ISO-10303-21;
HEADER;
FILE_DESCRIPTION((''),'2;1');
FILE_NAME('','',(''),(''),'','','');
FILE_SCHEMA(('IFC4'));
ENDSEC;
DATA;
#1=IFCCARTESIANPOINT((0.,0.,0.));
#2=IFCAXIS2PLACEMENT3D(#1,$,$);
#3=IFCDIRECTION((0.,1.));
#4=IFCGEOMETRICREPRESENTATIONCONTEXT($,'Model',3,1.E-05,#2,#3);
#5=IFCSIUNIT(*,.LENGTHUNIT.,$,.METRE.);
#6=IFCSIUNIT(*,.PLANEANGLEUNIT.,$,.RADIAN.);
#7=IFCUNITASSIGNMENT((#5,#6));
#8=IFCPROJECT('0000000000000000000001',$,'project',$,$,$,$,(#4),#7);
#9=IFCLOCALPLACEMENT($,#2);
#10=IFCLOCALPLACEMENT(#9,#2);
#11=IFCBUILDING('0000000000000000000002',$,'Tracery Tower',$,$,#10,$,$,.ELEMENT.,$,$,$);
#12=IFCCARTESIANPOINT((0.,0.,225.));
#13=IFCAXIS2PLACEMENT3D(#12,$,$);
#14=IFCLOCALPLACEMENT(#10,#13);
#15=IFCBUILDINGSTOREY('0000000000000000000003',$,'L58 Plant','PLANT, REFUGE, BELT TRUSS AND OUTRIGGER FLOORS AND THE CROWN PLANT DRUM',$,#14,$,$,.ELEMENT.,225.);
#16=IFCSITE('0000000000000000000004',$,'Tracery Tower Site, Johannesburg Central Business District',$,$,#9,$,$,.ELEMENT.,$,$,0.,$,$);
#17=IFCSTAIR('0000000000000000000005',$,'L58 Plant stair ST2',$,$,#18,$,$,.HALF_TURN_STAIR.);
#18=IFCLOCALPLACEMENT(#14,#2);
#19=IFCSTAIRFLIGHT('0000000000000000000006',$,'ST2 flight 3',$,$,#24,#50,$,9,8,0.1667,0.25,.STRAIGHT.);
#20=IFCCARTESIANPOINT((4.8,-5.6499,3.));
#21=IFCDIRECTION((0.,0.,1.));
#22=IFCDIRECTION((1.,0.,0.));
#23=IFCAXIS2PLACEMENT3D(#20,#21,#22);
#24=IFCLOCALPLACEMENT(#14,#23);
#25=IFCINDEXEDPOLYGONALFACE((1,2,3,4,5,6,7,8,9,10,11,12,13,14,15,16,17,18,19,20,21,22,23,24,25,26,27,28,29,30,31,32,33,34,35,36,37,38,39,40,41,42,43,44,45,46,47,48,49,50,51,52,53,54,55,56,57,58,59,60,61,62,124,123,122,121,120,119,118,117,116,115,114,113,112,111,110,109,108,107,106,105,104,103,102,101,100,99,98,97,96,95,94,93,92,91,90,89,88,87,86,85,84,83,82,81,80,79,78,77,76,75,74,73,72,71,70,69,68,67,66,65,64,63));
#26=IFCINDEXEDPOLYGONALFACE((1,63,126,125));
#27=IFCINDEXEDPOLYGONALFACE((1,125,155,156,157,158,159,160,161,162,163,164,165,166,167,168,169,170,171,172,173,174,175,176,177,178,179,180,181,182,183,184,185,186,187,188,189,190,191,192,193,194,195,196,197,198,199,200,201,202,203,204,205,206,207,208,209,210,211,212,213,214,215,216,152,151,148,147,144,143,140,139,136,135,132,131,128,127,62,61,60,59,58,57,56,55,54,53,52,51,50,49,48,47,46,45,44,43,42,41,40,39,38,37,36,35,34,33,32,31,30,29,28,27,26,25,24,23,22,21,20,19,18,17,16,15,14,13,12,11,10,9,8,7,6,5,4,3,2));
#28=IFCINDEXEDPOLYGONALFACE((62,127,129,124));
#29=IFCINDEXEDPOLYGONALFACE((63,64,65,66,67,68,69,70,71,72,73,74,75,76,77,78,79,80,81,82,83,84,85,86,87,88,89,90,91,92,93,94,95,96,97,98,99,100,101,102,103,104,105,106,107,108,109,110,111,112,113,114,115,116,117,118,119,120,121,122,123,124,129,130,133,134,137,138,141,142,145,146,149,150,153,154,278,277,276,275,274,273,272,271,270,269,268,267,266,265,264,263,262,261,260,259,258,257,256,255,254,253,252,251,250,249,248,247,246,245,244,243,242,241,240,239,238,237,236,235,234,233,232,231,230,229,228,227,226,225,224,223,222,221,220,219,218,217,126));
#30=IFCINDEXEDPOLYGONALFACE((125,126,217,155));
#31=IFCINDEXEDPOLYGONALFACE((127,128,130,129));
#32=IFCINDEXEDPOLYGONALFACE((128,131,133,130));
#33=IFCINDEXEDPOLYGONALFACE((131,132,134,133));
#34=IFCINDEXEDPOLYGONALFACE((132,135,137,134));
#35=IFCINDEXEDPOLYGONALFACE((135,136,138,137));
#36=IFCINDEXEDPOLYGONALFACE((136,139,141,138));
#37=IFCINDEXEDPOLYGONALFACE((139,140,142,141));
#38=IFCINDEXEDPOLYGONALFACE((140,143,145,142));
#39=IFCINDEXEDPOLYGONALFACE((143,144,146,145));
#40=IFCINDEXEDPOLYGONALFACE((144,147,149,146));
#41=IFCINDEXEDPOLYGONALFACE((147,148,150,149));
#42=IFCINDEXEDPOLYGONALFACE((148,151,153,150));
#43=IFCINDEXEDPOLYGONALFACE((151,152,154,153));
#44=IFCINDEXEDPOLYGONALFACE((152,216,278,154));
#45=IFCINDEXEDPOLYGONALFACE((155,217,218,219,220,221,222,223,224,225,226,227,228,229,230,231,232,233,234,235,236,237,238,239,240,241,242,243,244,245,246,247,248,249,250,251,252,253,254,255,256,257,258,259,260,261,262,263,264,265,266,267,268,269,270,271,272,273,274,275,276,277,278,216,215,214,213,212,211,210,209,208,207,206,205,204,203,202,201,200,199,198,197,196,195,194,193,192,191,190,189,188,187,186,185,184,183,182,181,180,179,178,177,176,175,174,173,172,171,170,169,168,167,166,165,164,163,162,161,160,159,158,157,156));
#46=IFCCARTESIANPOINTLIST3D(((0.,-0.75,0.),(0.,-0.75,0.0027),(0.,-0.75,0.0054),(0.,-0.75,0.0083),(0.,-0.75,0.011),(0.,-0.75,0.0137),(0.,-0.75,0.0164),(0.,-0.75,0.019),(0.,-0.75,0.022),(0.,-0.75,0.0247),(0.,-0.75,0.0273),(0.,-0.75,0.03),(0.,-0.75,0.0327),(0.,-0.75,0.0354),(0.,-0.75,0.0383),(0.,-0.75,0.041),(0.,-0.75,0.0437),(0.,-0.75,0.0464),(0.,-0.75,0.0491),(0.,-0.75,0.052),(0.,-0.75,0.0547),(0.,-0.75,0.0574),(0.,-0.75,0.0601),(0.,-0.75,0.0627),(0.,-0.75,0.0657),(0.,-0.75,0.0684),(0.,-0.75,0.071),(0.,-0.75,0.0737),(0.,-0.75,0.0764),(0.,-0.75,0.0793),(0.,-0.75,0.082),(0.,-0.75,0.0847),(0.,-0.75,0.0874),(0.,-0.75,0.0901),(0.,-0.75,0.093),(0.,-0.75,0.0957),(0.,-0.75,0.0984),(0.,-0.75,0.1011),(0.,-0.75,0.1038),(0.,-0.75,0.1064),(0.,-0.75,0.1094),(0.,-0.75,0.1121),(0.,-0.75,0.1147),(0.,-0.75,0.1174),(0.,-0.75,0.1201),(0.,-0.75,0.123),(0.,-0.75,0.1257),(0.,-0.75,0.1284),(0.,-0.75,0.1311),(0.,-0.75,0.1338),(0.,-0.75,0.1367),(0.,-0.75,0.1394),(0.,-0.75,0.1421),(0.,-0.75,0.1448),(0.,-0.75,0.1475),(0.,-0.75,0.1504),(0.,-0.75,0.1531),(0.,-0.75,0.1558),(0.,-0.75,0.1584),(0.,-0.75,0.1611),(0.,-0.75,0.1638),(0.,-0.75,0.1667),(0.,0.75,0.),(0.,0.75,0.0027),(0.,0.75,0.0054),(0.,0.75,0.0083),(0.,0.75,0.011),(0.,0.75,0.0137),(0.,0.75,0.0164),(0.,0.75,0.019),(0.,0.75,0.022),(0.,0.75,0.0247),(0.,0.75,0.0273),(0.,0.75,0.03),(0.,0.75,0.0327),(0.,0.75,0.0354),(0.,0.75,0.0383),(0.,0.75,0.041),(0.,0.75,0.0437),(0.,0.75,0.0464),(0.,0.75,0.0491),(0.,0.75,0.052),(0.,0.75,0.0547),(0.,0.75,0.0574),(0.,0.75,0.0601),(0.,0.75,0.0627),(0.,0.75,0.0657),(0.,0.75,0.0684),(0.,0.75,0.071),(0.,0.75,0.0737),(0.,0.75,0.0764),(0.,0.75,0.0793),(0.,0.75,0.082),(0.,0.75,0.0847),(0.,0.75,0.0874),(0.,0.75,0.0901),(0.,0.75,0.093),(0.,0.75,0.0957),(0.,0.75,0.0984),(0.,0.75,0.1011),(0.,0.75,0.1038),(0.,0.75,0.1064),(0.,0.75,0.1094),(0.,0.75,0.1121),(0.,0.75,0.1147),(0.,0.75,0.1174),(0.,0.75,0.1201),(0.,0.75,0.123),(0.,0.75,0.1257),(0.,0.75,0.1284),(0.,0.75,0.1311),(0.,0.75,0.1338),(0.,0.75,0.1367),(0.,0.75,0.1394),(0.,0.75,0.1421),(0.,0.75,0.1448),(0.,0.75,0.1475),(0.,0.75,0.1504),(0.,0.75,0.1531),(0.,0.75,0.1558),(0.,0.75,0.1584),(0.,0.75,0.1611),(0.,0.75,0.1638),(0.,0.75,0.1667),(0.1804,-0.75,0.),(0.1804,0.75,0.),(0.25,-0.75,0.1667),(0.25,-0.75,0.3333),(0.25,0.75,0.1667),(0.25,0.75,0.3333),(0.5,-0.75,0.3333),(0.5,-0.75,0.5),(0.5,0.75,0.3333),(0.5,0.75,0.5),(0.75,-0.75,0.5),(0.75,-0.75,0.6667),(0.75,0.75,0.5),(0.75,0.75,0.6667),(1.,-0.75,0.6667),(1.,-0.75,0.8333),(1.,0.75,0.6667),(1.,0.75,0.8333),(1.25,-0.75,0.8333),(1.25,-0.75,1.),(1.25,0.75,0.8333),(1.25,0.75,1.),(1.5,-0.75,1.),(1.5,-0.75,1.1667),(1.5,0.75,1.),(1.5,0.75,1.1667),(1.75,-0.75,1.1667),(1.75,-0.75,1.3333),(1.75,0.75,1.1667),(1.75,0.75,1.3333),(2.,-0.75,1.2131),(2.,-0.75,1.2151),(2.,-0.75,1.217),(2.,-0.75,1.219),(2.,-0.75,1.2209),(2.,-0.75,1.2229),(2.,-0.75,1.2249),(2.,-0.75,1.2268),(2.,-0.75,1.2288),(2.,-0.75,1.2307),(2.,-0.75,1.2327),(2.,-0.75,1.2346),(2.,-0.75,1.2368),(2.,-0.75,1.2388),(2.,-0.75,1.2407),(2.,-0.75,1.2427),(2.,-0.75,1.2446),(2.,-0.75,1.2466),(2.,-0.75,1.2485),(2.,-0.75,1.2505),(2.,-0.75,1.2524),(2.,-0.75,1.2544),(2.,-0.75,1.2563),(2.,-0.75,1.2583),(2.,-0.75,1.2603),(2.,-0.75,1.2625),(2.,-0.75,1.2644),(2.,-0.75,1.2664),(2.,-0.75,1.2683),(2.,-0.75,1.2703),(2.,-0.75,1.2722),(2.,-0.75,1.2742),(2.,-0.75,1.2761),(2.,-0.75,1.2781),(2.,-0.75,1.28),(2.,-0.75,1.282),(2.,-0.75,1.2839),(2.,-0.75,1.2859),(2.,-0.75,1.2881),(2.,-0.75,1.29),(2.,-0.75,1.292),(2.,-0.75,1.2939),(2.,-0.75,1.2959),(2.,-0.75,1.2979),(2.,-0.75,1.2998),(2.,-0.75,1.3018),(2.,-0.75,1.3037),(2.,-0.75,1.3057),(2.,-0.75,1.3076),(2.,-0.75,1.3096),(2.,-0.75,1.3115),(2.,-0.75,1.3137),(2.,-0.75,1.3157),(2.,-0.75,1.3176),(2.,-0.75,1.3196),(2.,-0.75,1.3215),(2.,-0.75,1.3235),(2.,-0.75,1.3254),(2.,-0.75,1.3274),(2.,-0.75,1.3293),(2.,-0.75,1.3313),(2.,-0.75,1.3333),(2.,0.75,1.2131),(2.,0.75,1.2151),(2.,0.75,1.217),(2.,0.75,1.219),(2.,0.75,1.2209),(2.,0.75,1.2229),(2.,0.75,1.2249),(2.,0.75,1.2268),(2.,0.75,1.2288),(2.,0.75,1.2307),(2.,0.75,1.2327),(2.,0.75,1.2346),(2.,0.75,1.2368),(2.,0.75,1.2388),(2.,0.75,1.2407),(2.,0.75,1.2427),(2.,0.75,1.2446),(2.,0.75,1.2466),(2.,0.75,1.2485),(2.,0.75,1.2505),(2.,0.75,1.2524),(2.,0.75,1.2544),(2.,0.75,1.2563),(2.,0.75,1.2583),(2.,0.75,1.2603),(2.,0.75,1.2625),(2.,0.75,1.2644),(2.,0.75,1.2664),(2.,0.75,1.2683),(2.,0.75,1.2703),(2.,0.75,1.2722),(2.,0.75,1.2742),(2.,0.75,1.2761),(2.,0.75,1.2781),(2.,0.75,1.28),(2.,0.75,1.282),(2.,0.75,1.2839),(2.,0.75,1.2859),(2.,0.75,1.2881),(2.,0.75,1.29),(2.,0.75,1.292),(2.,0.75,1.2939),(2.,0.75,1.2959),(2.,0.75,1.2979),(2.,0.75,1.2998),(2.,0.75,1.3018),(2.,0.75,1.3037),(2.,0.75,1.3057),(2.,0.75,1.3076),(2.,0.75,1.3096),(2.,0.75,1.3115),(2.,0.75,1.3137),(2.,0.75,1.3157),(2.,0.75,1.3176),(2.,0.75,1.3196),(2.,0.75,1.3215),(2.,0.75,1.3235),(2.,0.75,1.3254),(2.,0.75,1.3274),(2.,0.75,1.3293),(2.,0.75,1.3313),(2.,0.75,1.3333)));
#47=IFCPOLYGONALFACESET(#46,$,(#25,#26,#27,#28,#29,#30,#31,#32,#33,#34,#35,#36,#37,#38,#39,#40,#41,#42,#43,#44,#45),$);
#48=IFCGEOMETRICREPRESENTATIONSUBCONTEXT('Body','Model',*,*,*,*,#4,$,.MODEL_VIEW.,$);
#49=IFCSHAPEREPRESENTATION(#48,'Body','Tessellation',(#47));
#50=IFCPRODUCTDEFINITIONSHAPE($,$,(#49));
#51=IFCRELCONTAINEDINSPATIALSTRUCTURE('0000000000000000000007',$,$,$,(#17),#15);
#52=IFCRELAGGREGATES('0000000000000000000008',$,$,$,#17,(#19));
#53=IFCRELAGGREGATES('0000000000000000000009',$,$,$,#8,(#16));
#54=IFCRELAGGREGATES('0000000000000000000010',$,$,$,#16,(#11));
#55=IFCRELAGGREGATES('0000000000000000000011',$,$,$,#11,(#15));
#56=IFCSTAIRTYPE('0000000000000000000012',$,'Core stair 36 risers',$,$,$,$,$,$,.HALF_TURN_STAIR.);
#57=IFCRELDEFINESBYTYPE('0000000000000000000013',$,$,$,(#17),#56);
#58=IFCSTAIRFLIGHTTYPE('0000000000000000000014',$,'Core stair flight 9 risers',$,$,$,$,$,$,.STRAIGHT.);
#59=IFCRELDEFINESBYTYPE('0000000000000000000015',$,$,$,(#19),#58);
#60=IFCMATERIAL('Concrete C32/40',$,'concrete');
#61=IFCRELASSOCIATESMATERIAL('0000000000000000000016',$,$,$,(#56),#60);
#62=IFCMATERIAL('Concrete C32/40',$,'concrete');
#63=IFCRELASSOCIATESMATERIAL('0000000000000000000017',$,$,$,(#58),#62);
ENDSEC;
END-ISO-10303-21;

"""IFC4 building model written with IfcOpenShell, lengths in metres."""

from ifc_helpers import new_model, si_unit, direction, frame, origin, place, context, subcontext, project, spatial, polyline, outline, extrude, material, type_object, element, aggregate, save


model = new_model("IFC4")

# Units and contexts
model_context = context("Model", 3, precision=1e-05, world=origin(), true_north=direction((0.0, 1.0)))
body_context = subcontext(model_context, "Body", "Model", "MODEL_VIEW")
ifc_project = project(units=[si_unit("LENGTHUNIT", "METRE"), si_unit("PLANEANGLEUNIT", "RADIAN")], contexts=[model_context])

# Site, building, storey
site_placement = place(None, origin())
site = spatial("IfcSite", under=ifc_project, at=site_placement, Name="Tracery Tower Site, Johannesburg Central Business District", CompositionType="ELEMENT", RefElevation=0.0)
building_placement = place(site_placement, origin())
building = spatial("IfcBuilding", under=site, at=building_placement, Name="Tracery Tower", CompositionType="ELEMENT")
storey_placement = place(building_placement, frame((0.0, 0.0, 225.0)))
storey = spatial("IfcBuildingStorey", under=building, at=storey_placement, Name="L58 Plant", Description="PLANT, REFUGE, BELT TRUSS AND OUTRIGGER FLOORS AND THE CROWN PLANT DRUM", CompositionType="ELEMENT", Elevation=225.0)

# Stair, stair flight
ifc_material_1 = material(Name="Concrete C32/40", Category="concrete")
stair_type = type_object("IfcStairType", Name="Core stair 36 risers", PredefinedType="HALF_TURN_STAIR", material=ifc_material_1)
stair_placement = place(storey_placement, origin())
stair = element("IfcStair", 1, at=stair_placement, inside=storey, type_object=stair_type, Name="L58 Plant stair ST2", PredefinedType="HALF_TURN_STAIR")
ifc_material_2 = material(Name="Concrete C32/40", Category="concrete")
stair_flight_type = type_object("IfcStairFlightType", Name="Core stair flight 9 risers", PredefinedType="STRAIGHT", material=ifc_material_2)
stair_flight_1_placement = place(storey_placement, frame((4.8, -5.6499, 3.0), z_axis=(0.0, 0.0, 1.0), x_axis=(1.0, 0.0, 0.0)))
stair_flight_1 = element("IfcStairFlight", 2, at=stair_flight_1_placement, type_object=stair_flight_type, Name="ST2 flight 3", NumberOfRisers=9, NumberOfTreads=8, PredefinedType="STRAIGHT", RiserHeight=0.1667, TreadLength=0.25, context=body_context, shape_type="SweptSolid", body=[
    extrude(outline(polyline([(0.0, 0.0), (0.0, 0.0027), (0.0, 0.0054), (0.0, 0.0083), (0.0, 0.011), (0.0, 0.0137), (0.0, 0.0164), (0.0, 0.019), (0.0, 0.022), (0.0, 0.0247), (0.0, 0.0273), (0.0, 0.03), (0.0, 0.0327), (0.0, 0.0354), (0.0, 0.0383), (0.0, 0.041), (0.0, 0.0437), (0.0, 0.0464), (0.0, 0.0491), (0.0, 0.052), (0.0, 0.0547), (0.0, 0.0574), (0.0, 0.0601), (0.0, 0.0627), (0.0, 0.0657), (0.0, 0.0684), (0.0, 0.071), (0.0, 0.0737), (0.0, 0.0764), (0.0, 0.0793), (0.0, 0.082), (0.0, 0.0847), (0.0, 0.0874), (0.0, 0.0901), (0.0, 0.093), (0.0, 0.0957), (0.0, 0.0984), (0.0, 0.1011), (0.0, 0.1038), (0.0, 0.1064), (0.0, 0.1094), (0.0, 0.1121), (0.0, 0.1147), (0.0, 0.1174), (0.0, 0.1201), (0.0, 0.123), (0.0, 0.1257), (0.0, 0.1284), (0.0, 0.1311), (0.0, 0.1338), (0.0, 0.1367), (0.0, 0.1394), (0.0, 0.1421), (0.0, 0.1448), (0.0, 0.1475), (0.0, 0.1504), (0.0, 0.1531), (0.0, 0.1558), (0.0, 0.1584), (0.0, 0.1611), (0.0, 0.1638), (0.0, 0.1667), (0.25, 0.1667), (0.25, 0.3333), (0.5, 0.3333), (0.5, 0.5), (0.75, 0.5), (0.75, 0.6667), (1.0, 0.6667), (1.0, 0.8333), (1.25, 0.8333), (1.25, 1.0), (1.5, 1.0), (1.5, 1.1667), (1.75, 1.1667), (1.75, 1.3333), (2.0, 1.3333), (2.0, 1.3313), (2.0, 1.3293), (2.0, 1.3274), (2.0, 1.3254), (2.0, 1.3235), (2.0, 1.3215), (2.0, 1.3196), (2.0, 1.3176), (2.0, 1.3157), (2.0, 1.3137), (2.0, 1.3115), (2.0, 1.3096), (2.0, 1.3076), (2.0, 1.3057), (2.0, 1.3037), (2.0, 1.3018), (2.0, 1.2998), (2.0, 1.2979), (2.0, 1.2959), (2.0, 1.2939), (2.0, 1.292), (2.0, 1.29), (2.0, 1.2881), (2.0, 1.2859), (2.0, 1.2839), (2.0, 1.282), (2.0, 1.28), (2.0, 1.2781), (2.0, 1.2761), (2.0, 1.2742), (2.0, 1.2722), (2.0, 1.2703), (2.0, 1.2683), (2.0, 1.2664), (2.0, 1.2644), (2.0, 1.2625), (2.0, 1.2603), (2.0, 1.2583), (2.0, 1.2563), (2.0, 1.2544), (2.0, 1.2524), (2.0, 1.2505), (2.0, 1.2485), (2.0, 1.2466), (2.0, 1.2446), (2.0, 1.2427), (2.0, 1.2407), (2.0, 1.2388), (2.0, 1.2368), (2.0, 1.2346), (2.0, 1.2327), (2.0, 1.2307), (2.0, 1.2288), (2.0, 1.2268), (2.0, 1.2249), (2.0, 1.2229), (2.0, 1.2209), (2.0, 1.219), (2.0, 1.217), (2.0, 1.2151), (2.0, 1.2131), (0.1804, 0.0), (0.0, 0.0)])), frame((0.0, 0.75, 0.0), z_axis=(0.0, -1.0, 0.0), x_axis=(1.0, 0.0, 0.0)), (0.0, 0.0, 1.0), 1.5),
])
aggregate(stair, [stair_flight_1])

save(model, "model.ifc")
